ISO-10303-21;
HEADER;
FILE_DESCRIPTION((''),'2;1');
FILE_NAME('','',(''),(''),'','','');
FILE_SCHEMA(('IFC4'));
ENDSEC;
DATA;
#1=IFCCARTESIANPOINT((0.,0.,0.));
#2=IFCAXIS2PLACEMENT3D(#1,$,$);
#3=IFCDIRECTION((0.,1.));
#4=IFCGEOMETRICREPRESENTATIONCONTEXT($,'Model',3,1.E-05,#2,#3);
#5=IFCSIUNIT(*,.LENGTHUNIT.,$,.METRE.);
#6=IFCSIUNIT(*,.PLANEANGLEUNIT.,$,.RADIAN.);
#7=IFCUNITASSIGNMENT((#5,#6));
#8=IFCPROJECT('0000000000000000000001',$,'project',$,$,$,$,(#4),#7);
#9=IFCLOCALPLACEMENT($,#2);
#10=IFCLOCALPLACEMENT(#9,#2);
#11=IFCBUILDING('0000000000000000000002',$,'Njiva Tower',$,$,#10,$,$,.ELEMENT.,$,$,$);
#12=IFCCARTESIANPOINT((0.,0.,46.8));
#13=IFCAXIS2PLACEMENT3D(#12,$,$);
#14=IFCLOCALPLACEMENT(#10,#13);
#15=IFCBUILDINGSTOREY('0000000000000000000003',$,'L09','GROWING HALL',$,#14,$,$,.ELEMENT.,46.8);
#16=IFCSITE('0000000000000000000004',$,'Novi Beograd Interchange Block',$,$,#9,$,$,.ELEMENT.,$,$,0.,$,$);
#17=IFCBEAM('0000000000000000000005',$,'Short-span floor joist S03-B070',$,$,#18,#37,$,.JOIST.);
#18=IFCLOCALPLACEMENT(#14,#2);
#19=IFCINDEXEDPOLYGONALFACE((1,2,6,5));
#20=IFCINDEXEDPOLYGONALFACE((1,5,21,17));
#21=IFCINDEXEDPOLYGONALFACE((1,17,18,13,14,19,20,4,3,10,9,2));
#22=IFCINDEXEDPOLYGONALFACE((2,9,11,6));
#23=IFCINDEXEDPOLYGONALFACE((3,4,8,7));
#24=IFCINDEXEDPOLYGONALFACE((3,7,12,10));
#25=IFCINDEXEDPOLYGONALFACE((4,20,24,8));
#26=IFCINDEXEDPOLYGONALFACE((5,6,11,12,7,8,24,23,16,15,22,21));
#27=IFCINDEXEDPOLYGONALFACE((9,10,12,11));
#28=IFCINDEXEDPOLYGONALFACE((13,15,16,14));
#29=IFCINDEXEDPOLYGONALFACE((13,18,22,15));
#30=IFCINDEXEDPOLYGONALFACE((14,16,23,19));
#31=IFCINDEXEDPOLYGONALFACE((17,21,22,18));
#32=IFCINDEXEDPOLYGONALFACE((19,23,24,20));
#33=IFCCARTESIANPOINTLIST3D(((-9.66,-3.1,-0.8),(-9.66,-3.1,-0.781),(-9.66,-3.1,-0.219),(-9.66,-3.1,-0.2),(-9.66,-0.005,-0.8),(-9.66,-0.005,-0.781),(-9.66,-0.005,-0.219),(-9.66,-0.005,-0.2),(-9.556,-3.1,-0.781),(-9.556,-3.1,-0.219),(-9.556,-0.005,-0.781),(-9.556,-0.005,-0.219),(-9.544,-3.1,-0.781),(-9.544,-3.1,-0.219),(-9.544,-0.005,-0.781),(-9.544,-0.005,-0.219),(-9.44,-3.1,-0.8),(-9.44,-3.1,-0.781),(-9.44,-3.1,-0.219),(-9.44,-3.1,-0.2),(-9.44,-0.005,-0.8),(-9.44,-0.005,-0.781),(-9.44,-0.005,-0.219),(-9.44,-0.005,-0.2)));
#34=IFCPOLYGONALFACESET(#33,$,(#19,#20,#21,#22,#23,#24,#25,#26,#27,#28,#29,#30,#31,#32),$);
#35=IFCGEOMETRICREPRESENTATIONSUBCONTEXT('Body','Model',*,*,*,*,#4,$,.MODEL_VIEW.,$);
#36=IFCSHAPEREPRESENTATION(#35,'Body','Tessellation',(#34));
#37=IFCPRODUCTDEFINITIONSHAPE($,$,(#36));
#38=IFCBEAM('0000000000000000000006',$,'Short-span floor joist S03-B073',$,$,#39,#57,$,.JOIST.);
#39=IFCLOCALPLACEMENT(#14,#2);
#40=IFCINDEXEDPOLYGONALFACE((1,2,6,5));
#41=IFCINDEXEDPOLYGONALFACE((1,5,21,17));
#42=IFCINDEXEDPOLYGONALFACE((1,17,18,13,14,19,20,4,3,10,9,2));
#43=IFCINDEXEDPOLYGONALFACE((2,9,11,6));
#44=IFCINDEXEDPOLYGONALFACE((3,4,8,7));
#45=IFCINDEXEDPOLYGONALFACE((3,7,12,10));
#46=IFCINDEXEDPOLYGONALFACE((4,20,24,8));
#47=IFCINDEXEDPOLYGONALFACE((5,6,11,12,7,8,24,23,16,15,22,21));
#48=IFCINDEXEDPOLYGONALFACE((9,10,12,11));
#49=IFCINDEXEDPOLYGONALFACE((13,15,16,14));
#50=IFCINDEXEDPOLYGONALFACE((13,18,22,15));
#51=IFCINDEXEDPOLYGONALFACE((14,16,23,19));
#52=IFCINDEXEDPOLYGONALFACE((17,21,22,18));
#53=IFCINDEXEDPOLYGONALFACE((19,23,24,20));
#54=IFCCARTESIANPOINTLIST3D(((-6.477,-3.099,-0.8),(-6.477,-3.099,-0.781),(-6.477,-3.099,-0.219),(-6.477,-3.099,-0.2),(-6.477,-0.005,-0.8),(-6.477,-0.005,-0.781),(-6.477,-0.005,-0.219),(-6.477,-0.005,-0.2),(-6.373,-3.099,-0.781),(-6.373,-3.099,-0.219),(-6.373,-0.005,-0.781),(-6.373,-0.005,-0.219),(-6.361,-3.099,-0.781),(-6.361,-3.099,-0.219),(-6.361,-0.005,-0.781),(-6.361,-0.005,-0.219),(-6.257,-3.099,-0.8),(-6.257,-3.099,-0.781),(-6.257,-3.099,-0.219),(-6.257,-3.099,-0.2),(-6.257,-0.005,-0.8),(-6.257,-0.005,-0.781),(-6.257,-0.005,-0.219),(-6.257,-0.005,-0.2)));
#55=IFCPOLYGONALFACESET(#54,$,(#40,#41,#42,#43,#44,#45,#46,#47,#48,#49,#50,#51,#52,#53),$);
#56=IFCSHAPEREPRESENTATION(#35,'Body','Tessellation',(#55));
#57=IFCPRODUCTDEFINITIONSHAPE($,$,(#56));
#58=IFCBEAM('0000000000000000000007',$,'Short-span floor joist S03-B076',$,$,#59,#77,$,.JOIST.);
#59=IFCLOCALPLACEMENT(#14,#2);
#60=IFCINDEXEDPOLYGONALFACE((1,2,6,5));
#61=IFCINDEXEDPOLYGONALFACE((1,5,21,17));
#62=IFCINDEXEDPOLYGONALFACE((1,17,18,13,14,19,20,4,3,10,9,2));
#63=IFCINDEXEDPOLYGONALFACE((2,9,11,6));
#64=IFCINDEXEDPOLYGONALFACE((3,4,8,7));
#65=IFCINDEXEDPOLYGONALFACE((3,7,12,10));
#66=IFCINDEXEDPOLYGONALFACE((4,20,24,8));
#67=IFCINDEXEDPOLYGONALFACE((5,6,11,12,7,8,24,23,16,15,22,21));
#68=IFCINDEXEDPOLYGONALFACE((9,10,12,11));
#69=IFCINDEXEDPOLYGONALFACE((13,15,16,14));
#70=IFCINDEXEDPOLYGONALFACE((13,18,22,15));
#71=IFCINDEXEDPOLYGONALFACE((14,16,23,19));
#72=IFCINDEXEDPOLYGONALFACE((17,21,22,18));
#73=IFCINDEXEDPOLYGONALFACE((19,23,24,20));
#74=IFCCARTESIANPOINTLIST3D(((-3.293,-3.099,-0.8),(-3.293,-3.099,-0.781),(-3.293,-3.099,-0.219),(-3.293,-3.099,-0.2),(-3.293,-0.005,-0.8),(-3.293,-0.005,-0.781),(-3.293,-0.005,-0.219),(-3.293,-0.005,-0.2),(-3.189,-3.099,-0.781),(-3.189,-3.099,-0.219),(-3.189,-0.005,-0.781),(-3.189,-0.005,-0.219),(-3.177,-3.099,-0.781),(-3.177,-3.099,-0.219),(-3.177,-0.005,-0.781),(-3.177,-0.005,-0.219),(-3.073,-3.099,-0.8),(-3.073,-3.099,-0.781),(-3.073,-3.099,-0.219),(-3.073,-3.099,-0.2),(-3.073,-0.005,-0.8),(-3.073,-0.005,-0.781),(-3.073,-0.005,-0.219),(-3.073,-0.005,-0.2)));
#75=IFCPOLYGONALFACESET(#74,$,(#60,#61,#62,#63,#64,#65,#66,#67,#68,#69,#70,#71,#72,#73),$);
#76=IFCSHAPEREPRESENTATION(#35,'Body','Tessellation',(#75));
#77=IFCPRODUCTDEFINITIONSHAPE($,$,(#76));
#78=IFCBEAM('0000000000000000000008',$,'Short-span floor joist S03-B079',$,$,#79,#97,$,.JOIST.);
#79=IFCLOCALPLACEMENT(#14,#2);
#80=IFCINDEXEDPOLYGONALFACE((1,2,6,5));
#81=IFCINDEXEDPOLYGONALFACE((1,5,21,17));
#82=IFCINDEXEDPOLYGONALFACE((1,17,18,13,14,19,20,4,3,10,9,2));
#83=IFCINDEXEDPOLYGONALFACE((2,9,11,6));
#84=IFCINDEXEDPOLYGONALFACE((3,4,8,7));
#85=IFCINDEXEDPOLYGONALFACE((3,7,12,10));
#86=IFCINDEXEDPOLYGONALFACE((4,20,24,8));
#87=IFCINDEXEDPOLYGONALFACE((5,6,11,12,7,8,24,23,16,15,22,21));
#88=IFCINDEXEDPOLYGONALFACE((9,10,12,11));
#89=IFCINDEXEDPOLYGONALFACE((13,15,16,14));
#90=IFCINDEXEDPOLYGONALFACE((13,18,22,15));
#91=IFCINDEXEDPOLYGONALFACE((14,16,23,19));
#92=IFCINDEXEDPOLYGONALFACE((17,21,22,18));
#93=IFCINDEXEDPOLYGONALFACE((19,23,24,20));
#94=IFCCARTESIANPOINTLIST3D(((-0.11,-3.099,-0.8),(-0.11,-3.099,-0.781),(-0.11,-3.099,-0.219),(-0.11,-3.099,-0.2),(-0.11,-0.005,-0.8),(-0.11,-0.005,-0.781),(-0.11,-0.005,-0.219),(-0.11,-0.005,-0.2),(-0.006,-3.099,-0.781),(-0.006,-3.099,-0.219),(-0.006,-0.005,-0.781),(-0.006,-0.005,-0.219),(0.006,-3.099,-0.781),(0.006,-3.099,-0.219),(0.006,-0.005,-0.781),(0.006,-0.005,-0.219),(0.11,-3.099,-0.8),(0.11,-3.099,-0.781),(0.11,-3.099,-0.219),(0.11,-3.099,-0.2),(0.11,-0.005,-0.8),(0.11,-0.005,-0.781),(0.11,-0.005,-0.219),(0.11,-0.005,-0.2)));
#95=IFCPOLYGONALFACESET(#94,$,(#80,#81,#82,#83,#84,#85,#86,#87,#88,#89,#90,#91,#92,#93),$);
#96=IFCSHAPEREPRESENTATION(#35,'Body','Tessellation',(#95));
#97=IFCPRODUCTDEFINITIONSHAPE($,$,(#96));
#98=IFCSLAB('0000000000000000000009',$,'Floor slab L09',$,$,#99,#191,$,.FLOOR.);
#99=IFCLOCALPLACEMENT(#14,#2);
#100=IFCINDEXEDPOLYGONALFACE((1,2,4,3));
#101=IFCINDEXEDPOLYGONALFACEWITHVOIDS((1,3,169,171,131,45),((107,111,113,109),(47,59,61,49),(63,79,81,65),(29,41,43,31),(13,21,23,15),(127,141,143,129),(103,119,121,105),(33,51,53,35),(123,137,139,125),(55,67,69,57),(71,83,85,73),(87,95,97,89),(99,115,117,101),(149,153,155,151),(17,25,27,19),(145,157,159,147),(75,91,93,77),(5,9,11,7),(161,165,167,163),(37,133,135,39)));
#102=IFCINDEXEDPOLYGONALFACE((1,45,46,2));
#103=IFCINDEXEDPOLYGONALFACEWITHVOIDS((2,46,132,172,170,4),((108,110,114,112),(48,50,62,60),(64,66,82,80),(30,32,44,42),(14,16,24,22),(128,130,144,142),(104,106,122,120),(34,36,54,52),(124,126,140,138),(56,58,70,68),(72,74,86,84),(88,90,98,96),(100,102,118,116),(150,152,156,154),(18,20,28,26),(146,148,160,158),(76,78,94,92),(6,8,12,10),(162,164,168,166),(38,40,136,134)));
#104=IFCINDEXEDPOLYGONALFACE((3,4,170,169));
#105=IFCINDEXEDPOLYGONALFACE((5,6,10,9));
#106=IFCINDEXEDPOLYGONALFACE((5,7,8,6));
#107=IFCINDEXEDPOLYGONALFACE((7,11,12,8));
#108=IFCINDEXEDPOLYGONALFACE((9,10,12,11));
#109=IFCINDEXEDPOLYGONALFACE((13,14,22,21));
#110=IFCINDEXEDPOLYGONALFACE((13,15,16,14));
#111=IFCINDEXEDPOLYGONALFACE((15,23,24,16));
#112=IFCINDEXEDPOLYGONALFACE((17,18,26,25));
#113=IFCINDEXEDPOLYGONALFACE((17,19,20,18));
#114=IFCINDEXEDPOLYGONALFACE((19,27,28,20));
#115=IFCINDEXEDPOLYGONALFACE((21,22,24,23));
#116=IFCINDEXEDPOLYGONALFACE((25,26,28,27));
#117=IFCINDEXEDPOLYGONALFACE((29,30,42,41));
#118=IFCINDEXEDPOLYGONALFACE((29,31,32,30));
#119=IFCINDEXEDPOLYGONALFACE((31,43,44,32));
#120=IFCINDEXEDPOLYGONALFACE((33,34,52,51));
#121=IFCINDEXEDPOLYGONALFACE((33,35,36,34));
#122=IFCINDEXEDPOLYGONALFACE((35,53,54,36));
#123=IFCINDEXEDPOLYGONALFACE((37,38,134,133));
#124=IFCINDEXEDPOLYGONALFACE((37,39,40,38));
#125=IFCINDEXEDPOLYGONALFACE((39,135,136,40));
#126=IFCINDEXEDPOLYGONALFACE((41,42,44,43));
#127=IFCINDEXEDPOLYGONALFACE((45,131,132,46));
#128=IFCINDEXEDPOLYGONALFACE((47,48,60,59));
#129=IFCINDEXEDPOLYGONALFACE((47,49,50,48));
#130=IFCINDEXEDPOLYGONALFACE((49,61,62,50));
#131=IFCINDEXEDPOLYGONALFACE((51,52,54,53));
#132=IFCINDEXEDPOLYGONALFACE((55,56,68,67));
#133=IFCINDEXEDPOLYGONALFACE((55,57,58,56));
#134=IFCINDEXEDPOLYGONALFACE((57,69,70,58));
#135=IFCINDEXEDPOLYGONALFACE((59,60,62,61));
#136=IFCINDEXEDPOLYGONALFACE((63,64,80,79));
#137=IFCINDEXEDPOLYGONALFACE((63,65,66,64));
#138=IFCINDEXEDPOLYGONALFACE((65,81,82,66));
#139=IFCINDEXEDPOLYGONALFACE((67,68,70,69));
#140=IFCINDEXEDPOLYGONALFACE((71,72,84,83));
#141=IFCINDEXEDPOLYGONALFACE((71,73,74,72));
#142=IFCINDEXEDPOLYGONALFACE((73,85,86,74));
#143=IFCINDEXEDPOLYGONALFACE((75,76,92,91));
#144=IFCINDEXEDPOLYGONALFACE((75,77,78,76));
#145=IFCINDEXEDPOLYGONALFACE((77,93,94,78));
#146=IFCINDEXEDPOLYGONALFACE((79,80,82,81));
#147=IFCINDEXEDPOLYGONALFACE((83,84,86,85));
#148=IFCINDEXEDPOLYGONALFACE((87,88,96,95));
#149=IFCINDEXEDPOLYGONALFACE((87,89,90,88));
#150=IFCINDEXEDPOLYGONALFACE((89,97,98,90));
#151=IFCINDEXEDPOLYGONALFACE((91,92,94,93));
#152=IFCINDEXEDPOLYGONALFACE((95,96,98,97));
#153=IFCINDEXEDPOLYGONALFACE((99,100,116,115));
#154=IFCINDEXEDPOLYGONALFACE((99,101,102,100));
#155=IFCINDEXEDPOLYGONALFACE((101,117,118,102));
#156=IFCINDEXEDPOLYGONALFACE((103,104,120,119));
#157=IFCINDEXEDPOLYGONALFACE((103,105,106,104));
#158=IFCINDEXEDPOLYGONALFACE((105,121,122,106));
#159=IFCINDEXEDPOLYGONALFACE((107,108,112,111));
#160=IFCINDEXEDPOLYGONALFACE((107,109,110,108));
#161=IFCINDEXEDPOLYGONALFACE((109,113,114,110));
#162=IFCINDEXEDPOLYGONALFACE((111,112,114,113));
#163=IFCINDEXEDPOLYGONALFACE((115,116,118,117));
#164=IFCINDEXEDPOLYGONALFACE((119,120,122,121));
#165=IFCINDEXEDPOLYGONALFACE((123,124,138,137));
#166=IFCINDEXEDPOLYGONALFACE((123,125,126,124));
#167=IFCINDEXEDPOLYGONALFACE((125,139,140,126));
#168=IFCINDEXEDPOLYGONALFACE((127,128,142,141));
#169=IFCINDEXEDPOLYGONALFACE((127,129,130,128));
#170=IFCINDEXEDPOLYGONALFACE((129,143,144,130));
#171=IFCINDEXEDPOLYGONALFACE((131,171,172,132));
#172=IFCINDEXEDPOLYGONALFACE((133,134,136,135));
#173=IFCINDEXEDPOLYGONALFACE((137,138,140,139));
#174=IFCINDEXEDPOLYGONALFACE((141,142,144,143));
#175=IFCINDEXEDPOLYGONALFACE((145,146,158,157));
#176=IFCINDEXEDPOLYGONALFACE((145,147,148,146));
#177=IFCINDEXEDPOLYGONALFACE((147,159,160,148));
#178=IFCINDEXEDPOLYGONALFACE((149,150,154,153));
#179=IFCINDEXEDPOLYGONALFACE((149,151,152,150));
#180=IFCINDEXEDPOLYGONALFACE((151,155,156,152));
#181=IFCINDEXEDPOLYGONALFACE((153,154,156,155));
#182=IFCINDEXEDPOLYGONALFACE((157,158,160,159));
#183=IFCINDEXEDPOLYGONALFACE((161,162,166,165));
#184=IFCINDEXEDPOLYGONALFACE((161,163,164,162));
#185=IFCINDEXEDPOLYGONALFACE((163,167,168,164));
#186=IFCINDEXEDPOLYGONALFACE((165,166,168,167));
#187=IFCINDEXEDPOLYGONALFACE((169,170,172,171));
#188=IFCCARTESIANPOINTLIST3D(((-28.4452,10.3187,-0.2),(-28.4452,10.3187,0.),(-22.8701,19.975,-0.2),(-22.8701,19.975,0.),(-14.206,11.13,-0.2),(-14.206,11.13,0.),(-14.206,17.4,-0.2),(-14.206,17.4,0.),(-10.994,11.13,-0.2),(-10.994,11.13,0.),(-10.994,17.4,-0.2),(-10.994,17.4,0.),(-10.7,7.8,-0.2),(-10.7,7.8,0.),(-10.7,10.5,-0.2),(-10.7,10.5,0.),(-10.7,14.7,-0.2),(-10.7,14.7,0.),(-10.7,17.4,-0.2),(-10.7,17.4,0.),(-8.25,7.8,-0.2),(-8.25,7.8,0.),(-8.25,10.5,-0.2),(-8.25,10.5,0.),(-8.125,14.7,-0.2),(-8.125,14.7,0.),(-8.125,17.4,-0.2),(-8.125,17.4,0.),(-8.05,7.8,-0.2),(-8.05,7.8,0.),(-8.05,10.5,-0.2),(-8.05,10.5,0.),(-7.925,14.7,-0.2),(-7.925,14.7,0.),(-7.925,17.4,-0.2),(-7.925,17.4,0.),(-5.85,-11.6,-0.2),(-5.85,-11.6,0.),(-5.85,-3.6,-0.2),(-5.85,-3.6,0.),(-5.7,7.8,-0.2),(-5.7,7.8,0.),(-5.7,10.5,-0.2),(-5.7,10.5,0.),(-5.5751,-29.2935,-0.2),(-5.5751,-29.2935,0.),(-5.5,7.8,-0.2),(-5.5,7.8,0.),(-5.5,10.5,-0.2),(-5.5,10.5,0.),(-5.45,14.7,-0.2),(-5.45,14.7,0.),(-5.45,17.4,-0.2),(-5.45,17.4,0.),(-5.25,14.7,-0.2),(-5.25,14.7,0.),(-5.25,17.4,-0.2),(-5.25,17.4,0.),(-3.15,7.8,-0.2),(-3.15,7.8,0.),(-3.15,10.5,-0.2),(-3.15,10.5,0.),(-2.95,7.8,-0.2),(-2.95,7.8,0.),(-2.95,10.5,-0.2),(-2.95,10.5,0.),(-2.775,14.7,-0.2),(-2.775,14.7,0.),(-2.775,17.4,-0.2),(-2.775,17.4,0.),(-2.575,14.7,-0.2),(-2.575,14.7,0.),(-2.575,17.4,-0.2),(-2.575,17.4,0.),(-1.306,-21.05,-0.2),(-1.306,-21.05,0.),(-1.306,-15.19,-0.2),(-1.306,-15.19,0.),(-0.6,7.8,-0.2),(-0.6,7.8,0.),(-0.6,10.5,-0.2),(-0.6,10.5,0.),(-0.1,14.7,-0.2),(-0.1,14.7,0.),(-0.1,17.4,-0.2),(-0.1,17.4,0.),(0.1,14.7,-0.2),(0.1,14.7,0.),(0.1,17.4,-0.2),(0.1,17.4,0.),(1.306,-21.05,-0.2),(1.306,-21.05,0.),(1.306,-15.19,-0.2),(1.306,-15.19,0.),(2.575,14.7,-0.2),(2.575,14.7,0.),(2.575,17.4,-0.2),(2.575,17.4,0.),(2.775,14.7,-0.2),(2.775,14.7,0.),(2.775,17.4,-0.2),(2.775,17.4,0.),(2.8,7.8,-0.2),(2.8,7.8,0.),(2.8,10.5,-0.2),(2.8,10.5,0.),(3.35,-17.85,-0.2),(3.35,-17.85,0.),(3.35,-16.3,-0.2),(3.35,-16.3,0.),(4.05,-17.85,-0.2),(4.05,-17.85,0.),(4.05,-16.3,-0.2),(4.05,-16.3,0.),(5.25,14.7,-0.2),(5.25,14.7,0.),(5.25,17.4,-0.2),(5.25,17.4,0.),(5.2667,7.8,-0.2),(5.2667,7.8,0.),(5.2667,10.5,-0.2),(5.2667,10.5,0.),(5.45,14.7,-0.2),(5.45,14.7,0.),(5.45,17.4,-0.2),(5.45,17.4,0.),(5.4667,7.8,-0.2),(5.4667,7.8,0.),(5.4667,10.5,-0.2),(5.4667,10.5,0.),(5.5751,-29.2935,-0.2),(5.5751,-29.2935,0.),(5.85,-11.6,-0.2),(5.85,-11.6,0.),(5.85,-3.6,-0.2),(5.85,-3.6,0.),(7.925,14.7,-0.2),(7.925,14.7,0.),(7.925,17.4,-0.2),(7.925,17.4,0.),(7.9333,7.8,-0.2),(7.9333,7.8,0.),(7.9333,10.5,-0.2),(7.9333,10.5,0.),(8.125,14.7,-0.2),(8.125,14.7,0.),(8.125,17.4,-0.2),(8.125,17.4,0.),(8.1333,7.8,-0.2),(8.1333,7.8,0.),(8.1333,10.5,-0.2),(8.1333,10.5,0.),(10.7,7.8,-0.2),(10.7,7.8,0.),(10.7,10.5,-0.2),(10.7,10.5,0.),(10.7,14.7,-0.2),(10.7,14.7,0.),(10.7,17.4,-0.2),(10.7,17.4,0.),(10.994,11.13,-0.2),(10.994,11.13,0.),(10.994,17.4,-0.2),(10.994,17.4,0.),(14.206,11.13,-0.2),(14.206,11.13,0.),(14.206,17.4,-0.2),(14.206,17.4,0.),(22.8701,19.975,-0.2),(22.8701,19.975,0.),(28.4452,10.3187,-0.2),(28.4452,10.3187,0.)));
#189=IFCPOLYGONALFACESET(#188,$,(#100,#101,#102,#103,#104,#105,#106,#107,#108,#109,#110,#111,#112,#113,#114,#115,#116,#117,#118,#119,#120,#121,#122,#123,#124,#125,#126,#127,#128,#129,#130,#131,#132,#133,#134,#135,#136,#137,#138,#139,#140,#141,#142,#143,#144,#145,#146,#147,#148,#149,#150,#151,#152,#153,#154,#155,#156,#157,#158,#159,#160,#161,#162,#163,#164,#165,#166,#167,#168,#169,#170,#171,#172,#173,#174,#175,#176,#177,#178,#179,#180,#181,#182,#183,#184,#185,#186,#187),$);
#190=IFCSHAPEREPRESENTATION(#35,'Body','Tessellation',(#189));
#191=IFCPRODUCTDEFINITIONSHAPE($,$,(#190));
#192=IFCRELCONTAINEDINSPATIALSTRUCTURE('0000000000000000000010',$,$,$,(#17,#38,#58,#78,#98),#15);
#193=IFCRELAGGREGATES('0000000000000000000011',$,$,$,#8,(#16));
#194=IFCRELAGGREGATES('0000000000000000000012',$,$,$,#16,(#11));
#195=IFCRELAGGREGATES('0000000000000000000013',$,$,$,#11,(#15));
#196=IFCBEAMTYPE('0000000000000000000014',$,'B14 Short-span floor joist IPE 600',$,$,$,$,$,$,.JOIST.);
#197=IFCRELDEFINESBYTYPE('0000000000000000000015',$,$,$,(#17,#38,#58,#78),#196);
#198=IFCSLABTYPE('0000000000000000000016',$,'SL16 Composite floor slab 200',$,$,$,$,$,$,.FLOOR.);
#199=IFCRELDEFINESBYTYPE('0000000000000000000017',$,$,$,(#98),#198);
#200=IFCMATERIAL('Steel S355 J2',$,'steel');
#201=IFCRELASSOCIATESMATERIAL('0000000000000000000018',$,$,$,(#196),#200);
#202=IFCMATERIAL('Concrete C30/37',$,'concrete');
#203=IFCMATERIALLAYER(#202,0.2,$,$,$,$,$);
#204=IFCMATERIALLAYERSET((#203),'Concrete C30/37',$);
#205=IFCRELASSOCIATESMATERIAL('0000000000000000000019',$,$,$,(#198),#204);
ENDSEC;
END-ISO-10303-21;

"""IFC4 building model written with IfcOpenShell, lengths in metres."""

from ifc_helpers import new_model, si_unit, direction, frame, origin, origin_2d, place, context, subcontext, project, spatial, polyline, i_section, outline, extrude, material, layer, layer_set, material_profile, profile_set, type_object, element, save


model = new_model("IFC4")

# Units and contexts
model_context = context("Model", 3, precision=1e-05, world=origin(), true_north=direction((0.0, 1.0)))
body_context = subcontext(model_context, "Body", "Model", "MODEL_VIEW")
ifc_project = project(units=[si_unit("LENGTHUNIT", "METRE"), si_unit("PLANEANGLEUNIT", "RADIAN")], contexts=[model_context])

# Site, building, storey
site_placement = place(None, origin())
site = spatial("IfcSite", under=ifc_project, at=site_placement, Name="Novi Beograd Interchange Block", CompositionType="ELEMENT", RefElevation=0.0)
building_placement = place(site_placement, origin())
building = spatial("IfcBuilding", under=site, at=building_placement, Name="Njiva Tower", CompositionType="ELEMENT")
storey_placement = place(building_placement, frame((0.0, 0.0, 46.8)))
storey = spatial("IfcBuildingStorey", under=building, at=storey_placement, Name="L09", Description="GROWING HALL", CompositionType="ELEMENT", Elevation=46.8)

# Beams
ifc_material_1 = material(Name="Steel S355 J2", Category="steel")
ifc_material_profile = material_profile(ifc_material_1, i_section(OverallWidth=0.22, OverallDepth=0.6, WebThickness=0.012, FlangeThickness=0.019, at=origin_2d()), Name="IPE 600")
ifc_profile_set = profile_set([ifc_material_profile], Name="Steel S355 J2")
beam_type = type_object("IfcBeamType", Name="B14 Short-span floor joist IPE 600", PredefinedType="JOIST", material=ifc_profile_set)
beam_placement = place(storey_placement, frame((-9.55, -0.005, -0.5), z_axis=(0.0, -1.0, 0.0), x_axis=(1.0, 0.0, 0.0)))
element("IfcBeam", 1, at=beam_placement, inside=storey, type_object=beam_type, Name="Short-span floor joist S03-B070", PredefinedType="JOIST", context=body_context, shape_type="SweptSolid", body=[
    extrude(i_section(OverallWidth=0.22, OverallDepth=0.6, WebThickness=0.012, FlangeThickness=0.019, at=origin_2d()), origin(), (0.0, 0.0, 1.0), 3.095),
])
for number, where, z_axis, x_axis, name in (
    (2, (-6.367, -0.005, -0.5), (0.0, -1.0, 0.0), (1.0, 0.0, 0.0), "Short-span floor joist S03-B073"),
    (3, (-3.183, -0.005, -0.5), (0.0, -1.0, 0.0), (1.0, 0.0, 0.0), "Short-span floor joist S03-B076"),
    (4, (0.0, -0.005, -0.5), (0.0, -1.0, 0.0), (1.0, 0.0, 0.0), "Short-span floor joist S03-B079"),
):
    element("IfcBeam", number, at=place(storey_placement, frame(where, z_axis=z_axis, x_axis=x_axis)), inside=storey, type_object=beam_type, Name=name, PredefinedType="JOIST", context=body_context, shape_type="SweptSolid", body=[
        extrude(i_section(OverallWidth=0.22, OverallDepth=0.6, WebThickness=0.012, FlangeThickness=0.019, at=origin_2d()), origin(), (0.0, 0.0, 1.0), 3.094),
    ])

# Slab
ifc_material_2 = material(Name="Concrete C30/37", Category="concrete")
ifc_layer_1 = layer(ifc_material_2, 0.2)
ifc_layer_set_1 = layer_set([ifc_layer_1], Name="Concrete C30/37")
slab_type = type_object("IfcSlabType", Name="SL16 Composite floor slab 200", PredefinedType="FLOOR", material=ifc_layer_set_1)
slab_placement = place(storey_placement, frame((0.0, 0.0, -0.2)))
element("IfcSlab", 5, at=slab_placement, inside=storey, type_object=slab_type, Name="Floor slab L09", PredefinedType="FLOOR", context=body_context, shape_type="SweptSolid", body=[
    extrude(outline(polyline([(28.4452, 10.3187), (5.5751, -29.2935), (-5.5751, -29.2935), (-28.4452, 10.3187), (-22.8701, 19.975), (22.8701, 19.975), (28.4452, 10.3187)]), holes=[polyline([(10.994, 11.13), (14.206, 11.13), (14.206, 17.4), (10.994, 17.4), (10.994, 11.13)]), polyline([(8.125, 17.4), (8.125, 14.7), (10.7, 14.7), (10.7, 17.4), (8.125, 17.4)]), polyline([(8.1333, 10.5), (8.1333, 7.8), (10.7, 7.8), (10.7, 10.5), (8.1333, 10.5)]), polyline([(5.4667, 10.5), (5.4667, 7.8), (7.9333, 7.8), (7.9333, 10.5), (5.4667, 10.5)]), polyline([(5.45, 17.4), (5.45, 14.7), (7.925, 14.7), (7.925, 17.4), (5.45, 17.4)]), polyline([(5.85, -11.6), (5.85, -3.6), (-5.85, -3.6), (-5.85, -11.6), (5.85, -11.6)]), polyline([(2.8, 7.8), (5.2667, 7.8), (5.2667, 10.5), (2.8, 10.5), (2.8, 7.8)]), polyline([(2.775, 14.7), (5.25, 14.7), (5.25, 17.4), (2.775, 17.4), (2.775, 14.7)]), polyline([(3.35, -17.85), (4.05, -17.85), (4.05, -16.3), (3.35, -16.3), (3.35, -17.85)]), polyline([(0.1, 14.7), (2.575, 14.7), (2.575, 17.4), (0.1, 17.4), (0.1, 14.7)]), polyline([(-1.306, -21.05), (1.306, -21.05), (1.306, -15.19), (-1.306, -15.19), (-1.306, -21.05)]), polyline([(-2.575, 17.4), (-2.575, 14.7), (-0.1, 14.7), (-0.1, 17.4), (-2.575, 17.4)]), polyline([(-2.95, 10.5), (-2.95, 7.8), (-0.6, 7.8), (-0.6, 10.5), (-2.95, 10.5)]), polyline([(-5.25, 17.4), (-5.25, 14.7), (-2.775, 14.7), (-2.775, 17.4), (-5.25, 17.4)]), polyline([(-5.5, 10.5), (-5.5, 7.8), (-3.15, 7.8), (-3.15, 10.5), (-5.5, 10.5)]), polyline([(-7.925, 14.7), (-5.45, 14.7), (-5.45, 17.4), (-7.925, 17.4), (-7.925, 14.7)]), polyline([(-8.05, 7.8), (-5.7, 7.8), (-5.7, 10.5), (-8.05, 10.5), (-8.05, 7.8)]), polyline([(-10.7, 14.7), (-8.125, 14.7), (-8.125, 17.4), (-10.7, 17.4), (-10.7, 14.7)]), polyline([(-10.7, 7.8), (-8.25, 7.8), (-8.25, 10.5), (-10.7, 10.5), (-10.7, 7.8)]), polyline([(-14.206, 11.13), (-10.994, 11.13), (-10.994, 17.4), (-14.206, 17.4), (-14.206, 11.13)])]), origin(), (0.0, 0.0, 1.0), 0.2),
])

save(model, "model.ifc")
